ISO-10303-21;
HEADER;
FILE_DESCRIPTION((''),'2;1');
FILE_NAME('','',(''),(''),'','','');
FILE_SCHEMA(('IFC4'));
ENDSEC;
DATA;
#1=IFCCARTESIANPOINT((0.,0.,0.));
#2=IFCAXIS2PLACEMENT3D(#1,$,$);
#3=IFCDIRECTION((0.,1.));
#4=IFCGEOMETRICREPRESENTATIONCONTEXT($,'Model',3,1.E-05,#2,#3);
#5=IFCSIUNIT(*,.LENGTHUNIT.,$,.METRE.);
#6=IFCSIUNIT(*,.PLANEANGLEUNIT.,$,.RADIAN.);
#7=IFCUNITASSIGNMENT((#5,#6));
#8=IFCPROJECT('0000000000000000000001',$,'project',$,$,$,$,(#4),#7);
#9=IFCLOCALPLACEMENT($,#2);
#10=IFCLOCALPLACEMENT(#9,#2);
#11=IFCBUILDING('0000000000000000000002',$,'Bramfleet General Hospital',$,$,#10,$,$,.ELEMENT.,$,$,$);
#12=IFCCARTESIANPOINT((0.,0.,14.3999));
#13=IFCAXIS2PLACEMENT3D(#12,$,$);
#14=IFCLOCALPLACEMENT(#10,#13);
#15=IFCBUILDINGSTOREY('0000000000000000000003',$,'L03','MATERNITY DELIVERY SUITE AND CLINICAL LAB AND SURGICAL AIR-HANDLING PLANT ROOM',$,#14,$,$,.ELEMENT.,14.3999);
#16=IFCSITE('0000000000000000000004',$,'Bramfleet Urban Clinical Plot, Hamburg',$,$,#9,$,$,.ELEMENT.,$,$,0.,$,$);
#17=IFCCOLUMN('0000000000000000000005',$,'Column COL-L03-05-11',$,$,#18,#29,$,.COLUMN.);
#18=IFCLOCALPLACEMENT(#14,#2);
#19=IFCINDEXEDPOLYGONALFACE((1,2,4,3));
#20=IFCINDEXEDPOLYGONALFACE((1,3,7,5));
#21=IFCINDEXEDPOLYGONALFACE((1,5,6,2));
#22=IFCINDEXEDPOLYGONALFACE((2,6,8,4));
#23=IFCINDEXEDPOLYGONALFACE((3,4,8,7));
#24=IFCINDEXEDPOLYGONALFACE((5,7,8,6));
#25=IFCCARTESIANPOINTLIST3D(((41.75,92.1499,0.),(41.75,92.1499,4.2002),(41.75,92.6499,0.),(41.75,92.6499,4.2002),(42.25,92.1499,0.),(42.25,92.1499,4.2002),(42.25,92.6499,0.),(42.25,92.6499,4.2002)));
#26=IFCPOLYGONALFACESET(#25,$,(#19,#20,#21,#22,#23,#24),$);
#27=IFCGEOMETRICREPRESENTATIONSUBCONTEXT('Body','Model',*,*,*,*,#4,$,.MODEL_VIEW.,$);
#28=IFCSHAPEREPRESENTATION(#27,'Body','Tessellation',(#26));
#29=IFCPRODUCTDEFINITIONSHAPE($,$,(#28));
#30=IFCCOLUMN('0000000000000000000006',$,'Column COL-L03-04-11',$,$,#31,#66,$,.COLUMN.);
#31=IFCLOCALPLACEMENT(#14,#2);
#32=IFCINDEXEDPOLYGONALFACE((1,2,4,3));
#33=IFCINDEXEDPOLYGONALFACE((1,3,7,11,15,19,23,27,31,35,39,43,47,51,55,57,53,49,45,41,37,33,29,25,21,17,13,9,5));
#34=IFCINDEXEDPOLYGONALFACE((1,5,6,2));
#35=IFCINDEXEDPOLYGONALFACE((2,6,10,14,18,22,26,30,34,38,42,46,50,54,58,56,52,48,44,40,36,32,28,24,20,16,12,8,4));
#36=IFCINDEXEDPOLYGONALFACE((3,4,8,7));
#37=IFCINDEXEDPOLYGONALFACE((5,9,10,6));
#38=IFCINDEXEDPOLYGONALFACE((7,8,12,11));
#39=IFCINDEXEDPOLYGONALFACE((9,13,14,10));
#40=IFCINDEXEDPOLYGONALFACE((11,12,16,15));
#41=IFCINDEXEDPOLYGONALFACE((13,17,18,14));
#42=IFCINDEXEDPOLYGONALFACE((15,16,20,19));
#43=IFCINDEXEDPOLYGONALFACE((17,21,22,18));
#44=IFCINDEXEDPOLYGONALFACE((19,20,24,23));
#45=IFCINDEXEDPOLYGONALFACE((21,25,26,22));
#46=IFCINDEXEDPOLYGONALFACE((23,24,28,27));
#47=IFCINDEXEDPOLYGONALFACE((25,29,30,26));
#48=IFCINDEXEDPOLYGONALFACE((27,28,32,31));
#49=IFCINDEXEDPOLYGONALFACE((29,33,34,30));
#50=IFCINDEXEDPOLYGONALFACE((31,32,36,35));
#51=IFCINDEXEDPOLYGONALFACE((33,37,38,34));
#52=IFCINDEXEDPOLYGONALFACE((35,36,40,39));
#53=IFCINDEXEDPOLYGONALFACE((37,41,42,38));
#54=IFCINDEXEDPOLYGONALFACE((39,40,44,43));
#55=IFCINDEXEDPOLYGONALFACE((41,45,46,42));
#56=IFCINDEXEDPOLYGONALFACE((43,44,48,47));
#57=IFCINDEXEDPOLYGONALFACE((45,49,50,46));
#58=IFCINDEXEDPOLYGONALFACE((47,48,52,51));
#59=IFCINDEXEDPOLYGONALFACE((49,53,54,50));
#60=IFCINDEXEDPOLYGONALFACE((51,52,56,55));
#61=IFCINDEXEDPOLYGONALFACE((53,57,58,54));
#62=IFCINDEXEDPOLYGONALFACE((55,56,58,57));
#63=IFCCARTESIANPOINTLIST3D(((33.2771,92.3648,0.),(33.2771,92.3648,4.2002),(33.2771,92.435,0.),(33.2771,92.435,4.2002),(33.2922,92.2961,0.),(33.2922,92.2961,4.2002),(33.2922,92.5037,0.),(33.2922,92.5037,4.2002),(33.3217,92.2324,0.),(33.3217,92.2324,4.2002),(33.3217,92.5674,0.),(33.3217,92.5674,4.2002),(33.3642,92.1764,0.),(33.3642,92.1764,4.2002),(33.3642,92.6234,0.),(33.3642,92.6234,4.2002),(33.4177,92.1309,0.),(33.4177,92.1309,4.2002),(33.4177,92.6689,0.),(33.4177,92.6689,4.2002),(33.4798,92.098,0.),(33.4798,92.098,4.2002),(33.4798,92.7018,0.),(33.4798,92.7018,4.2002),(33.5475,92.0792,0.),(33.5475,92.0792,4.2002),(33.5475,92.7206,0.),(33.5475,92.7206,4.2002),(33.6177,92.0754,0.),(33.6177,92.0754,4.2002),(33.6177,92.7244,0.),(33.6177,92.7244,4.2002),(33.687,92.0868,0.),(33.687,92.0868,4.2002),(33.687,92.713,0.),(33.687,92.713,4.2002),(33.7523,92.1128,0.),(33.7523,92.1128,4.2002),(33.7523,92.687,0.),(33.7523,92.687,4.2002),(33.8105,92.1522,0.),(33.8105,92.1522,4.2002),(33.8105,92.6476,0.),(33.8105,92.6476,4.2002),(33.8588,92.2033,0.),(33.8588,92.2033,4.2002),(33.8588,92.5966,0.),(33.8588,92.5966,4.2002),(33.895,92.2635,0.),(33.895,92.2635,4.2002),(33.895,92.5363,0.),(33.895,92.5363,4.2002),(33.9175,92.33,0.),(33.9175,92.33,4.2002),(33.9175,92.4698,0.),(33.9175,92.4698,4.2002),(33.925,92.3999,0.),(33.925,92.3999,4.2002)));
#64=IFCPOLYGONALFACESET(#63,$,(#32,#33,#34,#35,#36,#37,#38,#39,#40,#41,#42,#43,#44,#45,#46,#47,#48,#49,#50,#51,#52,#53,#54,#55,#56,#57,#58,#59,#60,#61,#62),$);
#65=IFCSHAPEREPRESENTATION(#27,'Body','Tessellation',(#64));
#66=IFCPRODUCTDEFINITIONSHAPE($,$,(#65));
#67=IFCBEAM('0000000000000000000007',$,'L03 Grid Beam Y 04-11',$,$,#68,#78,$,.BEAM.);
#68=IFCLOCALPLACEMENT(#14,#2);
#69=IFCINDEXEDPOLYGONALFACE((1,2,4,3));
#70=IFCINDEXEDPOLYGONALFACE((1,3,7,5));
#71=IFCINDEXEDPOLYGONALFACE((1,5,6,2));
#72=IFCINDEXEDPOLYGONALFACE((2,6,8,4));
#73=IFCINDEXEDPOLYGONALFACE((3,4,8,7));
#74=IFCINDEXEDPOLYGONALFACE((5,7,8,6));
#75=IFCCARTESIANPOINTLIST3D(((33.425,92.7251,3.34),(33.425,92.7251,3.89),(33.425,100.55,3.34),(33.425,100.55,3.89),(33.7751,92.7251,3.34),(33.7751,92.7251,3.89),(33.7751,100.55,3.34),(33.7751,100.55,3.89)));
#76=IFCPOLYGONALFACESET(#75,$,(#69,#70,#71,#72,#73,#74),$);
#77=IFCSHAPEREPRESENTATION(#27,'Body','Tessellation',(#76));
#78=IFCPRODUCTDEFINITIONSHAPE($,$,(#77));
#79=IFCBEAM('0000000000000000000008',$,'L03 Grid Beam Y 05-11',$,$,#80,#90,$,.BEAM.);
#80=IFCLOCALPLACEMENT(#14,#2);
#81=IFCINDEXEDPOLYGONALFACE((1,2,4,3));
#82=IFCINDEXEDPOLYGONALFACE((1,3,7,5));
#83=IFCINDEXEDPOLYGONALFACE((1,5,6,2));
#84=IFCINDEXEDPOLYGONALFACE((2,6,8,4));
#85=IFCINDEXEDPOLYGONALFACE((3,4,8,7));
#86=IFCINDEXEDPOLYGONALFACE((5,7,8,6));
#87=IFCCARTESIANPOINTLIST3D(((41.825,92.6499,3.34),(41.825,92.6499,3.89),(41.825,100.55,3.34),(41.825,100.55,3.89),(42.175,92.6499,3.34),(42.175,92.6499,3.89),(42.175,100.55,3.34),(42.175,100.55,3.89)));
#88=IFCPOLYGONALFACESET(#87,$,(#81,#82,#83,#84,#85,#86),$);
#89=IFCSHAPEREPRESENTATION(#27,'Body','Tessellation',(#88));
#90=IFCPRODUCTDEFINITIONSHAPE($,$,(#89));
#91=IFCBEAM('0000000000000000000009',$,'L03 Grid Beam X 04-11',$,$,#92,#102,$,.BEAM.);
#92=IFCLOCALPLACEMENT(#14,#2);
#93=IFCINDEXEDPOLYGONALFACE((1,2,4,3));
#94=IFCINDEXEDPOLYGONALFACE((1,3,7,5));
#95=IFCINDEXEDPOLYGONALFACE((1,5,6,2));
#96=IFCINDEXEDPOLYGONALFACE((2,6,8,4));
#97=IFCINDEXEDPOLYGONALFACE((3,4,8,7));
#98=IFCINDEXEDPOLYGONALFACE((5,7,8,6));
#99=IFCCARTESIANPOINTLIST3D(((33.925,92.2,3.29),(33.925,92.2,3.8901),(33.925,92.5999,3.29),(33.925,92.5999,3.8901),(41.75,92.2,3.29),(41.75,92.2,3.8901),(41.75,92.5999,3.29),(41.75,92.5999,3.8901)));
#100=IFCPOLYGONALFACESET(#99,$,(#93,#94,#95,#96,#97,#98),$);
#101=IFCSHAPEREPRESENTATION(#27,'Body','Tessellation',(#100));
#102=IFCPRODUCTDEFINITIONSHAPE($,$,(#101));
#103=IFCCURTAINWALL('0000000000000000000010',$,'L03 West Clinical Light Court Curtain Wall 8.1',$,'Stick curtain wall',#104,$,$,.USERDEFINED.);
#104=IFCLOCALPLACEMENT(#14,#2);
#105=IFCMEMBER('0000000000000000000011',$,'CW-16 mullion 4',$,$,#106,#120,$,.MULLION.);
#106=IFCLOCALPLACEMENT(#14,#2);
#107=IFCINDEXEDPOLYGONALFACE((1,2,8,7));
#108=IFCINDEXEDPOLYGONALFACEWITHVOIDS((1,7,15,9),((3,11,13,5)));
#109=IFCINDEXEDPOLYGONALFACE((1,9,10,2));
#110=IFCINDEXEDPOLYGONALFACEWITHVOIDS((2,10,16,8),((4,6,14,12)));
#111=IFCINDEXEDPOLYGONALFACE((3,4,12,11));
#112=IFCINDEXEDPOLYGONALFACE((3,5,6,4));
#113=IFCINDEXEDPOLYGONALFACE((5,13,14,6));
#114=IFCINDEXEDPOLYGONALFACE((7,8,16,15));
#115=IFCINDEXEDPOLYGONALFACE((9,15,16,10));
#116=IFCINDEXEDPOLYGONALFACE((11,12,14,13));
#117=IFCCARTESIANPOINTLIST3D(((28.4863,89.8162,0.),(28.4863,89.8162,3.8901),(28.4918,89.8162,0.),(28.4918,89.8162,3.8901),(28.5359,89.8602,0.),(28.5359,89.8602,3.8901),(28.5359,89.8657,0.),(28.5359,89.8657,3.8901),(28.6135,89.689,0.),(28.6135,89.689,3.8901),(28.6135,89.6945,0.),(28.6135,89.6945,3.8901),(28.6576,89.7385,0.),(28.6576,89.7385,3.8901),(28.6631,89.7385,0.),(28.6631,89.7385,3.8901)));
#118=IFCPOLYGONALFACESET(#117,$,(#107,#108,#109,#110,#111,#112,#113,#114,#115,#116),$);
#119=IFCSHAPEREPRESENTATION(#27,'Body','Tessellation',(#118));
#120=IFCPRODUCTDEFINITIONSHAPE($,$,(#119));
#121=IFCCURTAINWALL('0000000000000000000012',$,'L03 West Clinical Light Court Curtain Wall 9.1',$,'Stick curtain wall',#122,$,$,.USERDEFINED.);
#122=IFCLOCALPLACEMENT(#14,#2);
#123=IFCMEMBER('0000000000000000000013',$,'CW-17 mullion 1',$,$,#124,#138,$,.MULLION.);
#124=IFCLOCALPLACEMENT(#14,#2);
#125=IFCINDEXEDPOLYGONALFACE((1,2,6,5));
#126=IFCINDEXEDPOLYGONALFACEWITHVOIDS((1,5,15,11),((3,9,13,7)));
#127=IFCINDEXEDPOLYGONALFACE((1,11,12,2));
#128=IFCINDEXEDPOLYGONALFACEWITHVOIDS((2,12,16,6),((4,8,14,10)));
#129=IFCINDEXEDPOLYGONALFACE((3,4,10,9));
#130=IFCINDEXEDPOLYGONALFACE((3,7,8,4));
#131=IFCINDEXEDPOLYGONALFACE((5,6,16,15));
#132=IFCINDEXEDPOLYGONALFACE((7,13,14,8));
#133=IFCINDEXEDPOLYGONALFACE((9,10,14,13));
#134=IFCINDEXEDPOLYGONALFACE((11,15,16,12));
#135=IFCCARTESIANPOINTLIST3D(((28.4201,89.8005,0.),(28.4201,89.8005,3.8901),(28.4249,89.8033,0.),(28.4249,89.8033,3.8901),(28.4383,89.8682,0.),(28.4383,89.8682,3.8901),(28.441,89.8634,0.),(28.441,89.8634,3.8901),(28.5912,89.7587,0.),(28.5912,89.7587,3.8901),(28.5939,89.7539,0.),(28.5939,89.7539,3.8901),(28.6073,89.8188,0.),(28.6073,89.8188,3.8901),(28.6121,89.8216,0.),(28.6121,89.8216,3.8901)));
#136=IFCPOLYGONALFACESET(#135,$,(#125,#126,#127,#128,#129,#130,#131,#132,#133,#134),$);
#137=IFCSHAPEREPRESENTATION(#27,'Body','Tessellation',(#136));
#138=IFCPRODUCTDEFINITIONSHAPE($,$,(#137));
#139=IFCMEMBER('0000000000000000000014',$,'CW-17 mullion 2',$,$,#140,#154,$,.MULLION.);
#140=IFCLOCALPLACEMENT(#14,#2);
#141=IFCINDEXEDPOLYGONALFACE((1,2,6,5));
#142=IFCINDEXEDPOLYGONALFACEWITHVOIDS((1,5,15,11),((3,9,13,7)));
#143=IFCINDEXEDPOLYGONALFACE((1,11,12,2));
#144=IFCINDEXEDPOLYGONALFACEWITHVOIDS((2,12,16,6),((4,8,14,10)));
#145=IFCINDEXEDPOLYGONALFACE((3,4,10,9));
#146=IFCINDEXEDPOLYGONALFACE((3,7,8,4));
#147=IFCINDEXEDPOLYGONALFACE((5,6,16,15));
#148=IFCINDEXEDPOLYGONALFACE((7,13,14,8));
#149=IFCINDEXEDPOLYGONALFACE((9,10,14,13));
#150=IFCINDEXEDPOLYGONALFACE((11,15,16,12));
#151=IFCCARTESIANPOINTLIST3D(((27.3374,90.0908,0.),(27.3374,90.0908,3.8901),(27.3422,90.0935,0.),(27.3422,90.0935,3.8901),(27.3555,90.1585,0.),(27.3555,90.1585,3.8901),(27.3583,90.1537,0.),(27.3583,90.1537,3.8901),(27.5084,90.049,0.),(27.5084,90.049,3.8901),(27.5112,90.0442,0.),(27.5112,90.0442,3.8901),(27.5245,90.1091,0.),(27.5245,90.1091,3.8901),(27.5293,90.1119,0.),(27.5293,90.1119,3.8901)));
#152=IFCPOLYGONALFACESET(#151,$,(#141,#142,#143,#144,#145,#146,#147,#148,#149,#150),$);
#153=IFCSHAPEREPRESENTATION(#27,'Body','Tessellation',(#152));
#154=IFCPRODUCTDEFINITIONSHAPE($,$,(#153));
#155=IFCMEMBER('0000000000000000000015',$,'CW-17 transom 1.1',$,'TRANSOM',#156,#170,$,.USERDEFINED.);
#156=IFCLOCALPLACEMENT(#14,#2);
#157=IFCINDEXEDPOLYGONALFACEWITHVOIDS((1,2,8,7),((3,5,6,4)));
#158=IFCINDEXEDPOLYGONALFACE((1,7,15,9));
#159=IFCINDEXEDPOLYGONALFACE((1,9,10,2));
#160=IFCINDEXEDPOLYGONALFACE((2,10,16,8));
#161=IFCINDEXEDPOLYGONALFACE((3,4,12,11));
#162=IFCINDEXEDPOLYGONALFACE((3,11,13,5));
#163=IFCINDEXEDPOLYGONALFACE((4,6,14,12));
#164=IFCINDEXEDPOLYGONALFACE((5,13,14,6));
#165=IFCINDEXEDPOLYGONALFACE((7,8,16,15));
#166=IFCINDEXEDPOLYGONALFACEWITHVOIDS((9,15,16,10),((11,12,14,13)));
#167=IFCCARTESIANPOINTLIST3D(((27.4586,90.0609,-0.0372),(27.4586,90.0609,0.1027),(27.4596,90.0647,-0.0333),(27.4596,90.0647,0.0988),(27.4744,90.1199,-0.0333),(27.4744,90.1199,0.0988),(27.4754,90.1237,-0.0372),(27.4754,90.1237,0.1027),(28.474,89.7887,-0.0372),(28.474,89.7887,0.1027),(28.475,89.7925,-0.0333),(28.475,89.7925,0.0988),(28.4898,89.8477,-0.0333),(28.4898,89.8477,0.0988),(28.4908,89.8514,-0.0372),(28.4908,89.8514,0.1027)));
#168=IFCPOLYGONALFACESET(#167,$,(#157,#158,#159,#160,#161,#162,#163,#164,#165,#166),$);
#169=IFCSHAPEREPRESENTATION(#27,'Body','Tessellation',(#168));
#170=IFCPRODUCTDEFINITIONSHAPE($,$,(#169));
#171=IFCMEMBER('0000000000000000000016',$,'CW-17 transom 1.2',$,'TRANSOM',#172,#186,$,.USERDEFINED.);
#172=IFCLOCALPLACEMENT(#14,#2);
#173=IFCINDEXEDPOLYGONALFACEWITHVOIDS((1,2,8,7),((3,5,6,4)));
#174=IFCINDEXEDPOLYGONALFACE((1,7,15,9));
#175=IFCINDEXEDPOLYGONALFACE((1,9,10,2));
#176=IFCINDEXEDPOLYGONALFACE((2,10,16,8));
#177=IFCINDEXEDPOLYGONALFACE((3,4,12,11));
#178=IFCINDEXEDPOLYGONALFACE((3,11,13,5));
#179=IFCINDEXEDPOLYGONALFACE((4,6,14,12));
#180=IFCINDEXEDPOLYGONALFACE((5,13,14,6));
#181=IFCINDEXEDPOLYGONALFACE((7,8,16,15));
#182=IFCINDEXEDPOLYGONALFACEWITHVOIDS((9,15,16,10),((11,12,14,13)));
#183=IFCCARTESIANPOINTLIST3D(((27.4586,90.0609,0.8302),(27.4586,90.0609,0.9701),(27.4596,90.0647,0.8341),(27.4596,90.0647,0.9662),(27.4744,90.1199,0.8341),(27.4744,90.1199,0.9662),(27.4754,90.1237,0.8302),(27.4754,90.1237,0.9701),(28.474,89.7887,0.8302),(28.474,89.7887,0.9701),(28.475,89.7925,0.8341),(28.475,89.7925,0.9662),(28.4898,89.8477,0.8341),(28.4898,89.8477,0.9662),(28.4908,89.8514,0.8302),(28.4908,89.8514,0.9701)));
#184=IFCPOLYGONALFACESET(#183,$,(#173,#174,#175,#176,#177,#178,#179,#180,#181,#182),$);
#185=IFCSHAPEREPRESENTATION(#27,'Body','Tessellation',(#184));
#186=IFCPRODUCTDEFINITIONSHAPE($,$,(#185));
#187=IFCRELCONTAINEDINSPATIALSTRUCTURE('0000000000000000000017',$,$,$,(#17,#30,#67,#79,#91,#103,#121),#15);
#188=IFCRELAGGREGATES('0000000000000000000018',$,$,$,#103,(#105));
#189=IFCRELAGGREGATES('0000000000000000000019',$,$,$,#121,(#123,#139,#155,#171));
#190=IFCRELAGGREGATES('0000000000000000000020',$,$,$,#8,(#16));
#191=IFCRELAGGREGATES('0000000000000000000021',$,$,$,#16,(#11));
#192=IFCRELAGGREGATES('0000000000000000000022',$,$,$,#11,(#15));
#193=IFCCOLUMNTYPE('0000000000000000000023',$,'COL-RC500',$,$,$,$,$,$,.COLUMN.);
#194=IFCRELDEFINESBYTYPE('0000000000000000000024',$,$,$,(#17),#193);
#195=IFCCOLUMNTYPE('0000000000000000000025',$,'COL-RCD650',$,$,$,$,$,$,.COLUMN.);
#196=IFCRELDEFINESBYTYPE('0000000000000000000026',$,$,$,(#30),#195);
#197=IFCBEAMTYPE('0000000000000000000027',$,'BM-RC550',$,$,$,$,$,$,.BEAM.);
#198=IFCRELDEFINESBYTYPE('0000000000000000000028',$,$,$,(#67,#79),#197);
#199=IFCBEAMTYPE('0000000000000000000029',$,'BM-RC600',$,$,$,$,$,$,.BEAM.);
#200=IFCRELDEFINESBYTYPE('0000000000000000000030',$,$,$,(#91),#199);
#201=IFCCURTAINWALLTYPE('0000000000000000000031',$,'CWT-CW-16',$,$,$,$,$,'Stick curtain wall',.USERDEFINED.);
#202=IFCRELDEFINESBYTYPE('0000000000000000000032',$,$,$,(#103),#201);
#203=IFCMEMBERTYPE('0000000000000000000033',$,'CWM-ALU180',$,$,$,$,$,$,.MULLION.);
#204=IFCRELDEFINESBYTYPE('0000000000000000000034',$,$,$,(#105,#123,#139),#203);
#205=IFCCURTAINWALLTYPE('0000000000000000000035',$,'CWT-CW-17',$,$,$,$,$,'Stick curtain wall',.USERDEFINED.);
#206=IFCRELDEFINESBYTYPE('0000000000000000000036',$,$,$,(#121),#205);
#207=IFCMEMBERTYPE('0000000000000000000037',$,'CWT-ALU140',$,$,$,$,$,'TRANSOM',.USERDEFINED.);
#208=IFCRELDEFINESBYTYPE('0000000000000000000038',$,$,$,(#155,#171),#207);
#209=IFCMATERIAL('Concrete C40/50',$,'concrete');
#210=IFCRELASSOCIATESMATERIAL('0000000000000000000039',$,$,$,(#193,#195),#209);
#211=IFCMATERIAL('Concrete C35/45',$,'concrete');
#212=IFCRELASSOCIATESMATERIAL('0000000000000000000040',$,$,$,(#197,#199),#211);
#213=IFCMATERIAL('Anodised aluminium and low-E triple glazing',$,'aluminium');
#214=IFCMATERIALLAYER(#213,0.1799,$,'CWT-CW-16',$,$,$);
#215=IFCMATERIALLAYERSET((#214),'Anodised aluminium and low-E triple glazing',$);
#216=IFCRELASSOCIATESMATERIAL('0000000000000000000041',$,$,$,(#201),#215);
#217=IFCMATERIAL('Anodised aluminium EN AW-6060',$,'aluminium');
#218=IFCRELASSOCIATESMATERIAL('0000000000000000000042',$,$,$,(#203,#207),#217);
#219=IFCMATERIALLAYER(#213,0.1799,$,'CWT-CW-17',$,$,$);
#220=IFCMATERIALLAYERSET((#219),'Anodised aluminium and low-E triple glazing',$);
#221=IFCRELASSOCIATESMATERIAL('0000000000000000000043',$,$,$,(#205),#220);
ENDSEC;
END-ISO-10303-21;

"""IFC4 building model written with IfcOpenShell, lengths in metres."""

from ifc_helpers import new_model, si_unit, direction, frame, origin, origin_2d, place, context, subcontext, project, spatial, rectangle, hollow_rectangle, circle, extrude, material, layer, layer_set, material_profile, profile_set, type_object, element, aggregate, save


model = new_model("IFC4")

# Units and contexts
model_context = context("Model", 3, precision=1e-05, world=origin(), true_north=direction((0.0, 1.0)))
body_context = subcontext(model_context, "Body", "Model", "MODEL_VIEW")
ifc_project = project(units=[si_unit("LENGTHUNIT", "METRE"), si_unit("PLANEANGLEUNIT", "RADIAN")], contexts=[model_context])

# Site, building, storey
site_placement = place(None, origin())
site = spatial("IfcSite", under=ifc_project, at=site_placement, Name="Bramfleet Urban Clinical Plot, Hamburg", CompositionType="ELEMENT", RefElevation=0.0)
building_placement = place(site_placement, origin())
building = spatial("IfcBuilding", under=site, at=building_placement, Name="Bramfleet General Hospital", CompositionType="ELEMENT")
storey_placement = place(building_placement, frame((0.0, 0.0, 14.3999)))
storey = spatial("IfcBuildingStorey", under=building, at=storey_placement, Name="L03", Description="MATERNITY DELIVERY SUITE AND CLINICAL LAB AND SURGICAL AIR-HANDLING PLANT ROOM", CompositionType="ELEMENT", Elevation=14.3999)

# Columns
ifc_material_1 = material(Name="Concrete C40/50", Category="concrete")
ifc_material_profile_1 = material_profile(ifc_material_1, rectangle(XDim=0.5, YDim=0.5, at=origin_2d()), Name="RC COL 500x500")
ifc_profile_set_1 = profile_set([ifc_material_profile_1], Name="Concrete C40/50")
column_type_1 = type_object("IfcColumnType", Name="COL-RC500", PredefinedType="COLUMN", material=ifc_profile_set_1)
column_1_placement = place(storey_placement, frame((42.0, 92.3999, 0.0), z_axis=(0.0, 0.0, 1.0), x_axis=(1.0, 0.0, 0.0)))
element("IfcColumn", 1, at=column_1_placement, inside=storey, type_object=column_type_1, Name="Column COL-L03-05-11", PredefinedType="COLUMN", context=body_context, shape_type="SweptSolid", body=[
    extrude(rectangle(XDim=0.5, YDim=0.5, at=origin_2d()), origin(), (0.0, 0.0, 1.0), 4.2002),
])
ifc_material_profile_2 = material_profile(ifc_material_1, circle(Radius=0.325, at=origin_2d()), Name="RC ROUND D650")
ifc_profile_set_2 = profile_set([ifc_material_profile_2], Name="Concrete C40/50")
column_type_2 = type_object("IfcColumnType", Name="COL-RCD650", PredefinedType="COLUMN", material=ifc_profile_set_2)
column_2_placement = place(storey_placement, frame((33.6001, 92.3999, 0.0), z_axis=(0.0, 0.0, 1.0), x_axis=(1.0, 0.0, 0.0)))
element("IfcColumn", 2, at=column_2_placement, inside=storey, type_object=column_type_2, Name="Column COL-L03-04-11", PredefinedType="COLUMN", context=body_context, shape_type="SweptSolid", body=[
    extrude(circle(Radius=0.325, at=origin_2d()), origin(), (0.0, 0.0, 1.0), 4.2002),
])

# Beams
ifc_material_2 = material(Name="Concrete C35/45", Category="concrete")
ifc_material_profile_3 = material_profile(ifc_material_2, rectangle(XDim=0.3501, YDim=0.55, at=origin_2d()), Name="RC BM 550x350")
ifc_profile_set_3 = profile_set([ifc_material_profile_3], Name="Concrete C35/45")
beam_type_1 = type_object("IfcBeamType", Name="BM-RC550", PredefinedType="BEAM", material=ifc_profile_set_3)
beam_1_placement = place(storey_placement, frame((33.6001, 92.7251, 3.615), z_axis=(0.0, 1.0, 0.0), x_axis=(-1.0, 0.0, 0.0)))
element("IfcBeam", 3, at=beam_1_placement, inside=storey, type_object=beam_type_1, Name="L03 Grid Beam Y 04-11", PredefinedType="BEAM", context=body_context, shape_type="SweptSolid", body=[
    extrude(rectangle(XDim=0.3501, YDim=0.55, at=origin_2d()), origin(), (0.0, 0.0, 1.0), 7.825),
])
beam_2_placement = place(storey_placement, frame((42.0, 92.6499, 3.615), z_axis=(0.0, 1.0, 0.0), x_axis=(-1.0, 0.0, 0.0)))
element("IfcBeam", 4, at=beam_2_placement, inside=storey, type_object=beam_type_1, Name="L03 Grid Beam Y 05-11", PredefinedType="BEAM", context=body_context, shape_type="SweptSolid", body=[
    extrude(rectangle(XDim=0.3501, YDim=0.55, at=origin_2d()), origin(), (0.0, 0.0, 1.0), 7.9001),
])
ifc_material_profile_4 = material_profile(ifc_material_2, rectangle(XDim=0.3999, YDim=0.6001, at=origin_2d()), Name="RC BM 600x400")
ifc_profile_set_4 = profile_set([ifc_material_profile_4], Name="Concrete C35/45")
beam_type_2 = type_object("IfcBeamType", Name="BM-RC600", PredefinedType="BEAM", material=ifc_profile_set_4)
beam_3_placement = place(storey_placement, frame((33.925, 92.3999, 3.5901), z_axis=(1.0, 0.0, 0.0), x_axis=(0.0, 1.0, 0.0)))
element("IfcBeam", 5, at=beam_3_placement, inside=storey, type_object=beam_type_2, Name="L03 Grid Beam X 04-11", PredefinedType="BEAM", context=body_context, shape_type="SweptSolid", body=[
    extrude(rectangle(XDim=0.3999, YDim=0.6001, at=origin_2d()), origin(), (0.0, 0.0, 1.0), 7.825),
])

# Curtain wall, member
ifc_material_3 = material(Name="Anodised aluminium and low-E triple glazing", Category="aluminium")
ifc_layer_1 = layer(ifc_material_3, 0.1799, Name="CWT-CW-16")
ifc_layer_set_1 = layer_set([ifc_layer_1], Name="Anodised aluminium and low-E triple glazing")
curtain_wall_type_1 = type_object("IfcCurtainWallType", Name="CWT-CW-16", ElementType="Stick curtain wall", PredefinedType="USERDEFINED", material=ifc_layer_set_1)
curtain_wall_1_placement = place(storey_placement, origin())
curtain_wall_1 = element("IfcCurtainWall", 6, at=curtain_wall_1_placement, inside=storey, type_object=curtain_wall_type_1, Name="L03 West Clinical Light Court Curtain Wall 8.1", ObjectType="Stick curtain wall", PredefinedType="USERDEFINED")
ifc_material_4 = material(Name="Anodised aluminium EN AW-6060", Category="aluminium")
ifc_material_profile_5 = material_profile(ifc_material_4, hollow_rectangle(XDim=0.0701, YDim=0.1799, WallThickness=0.0039, at=origin_2d()), Name="ALU 180x70x4.0")
ifc_profile_set_5 = profile_set([ifc_material_profile_5], Name="Anodised aluminium EN AW-6060")
member_type_1 = type_object("IfcMemberType", Name="CWM-ALU180", PredefinedType="MULLION", material=ifc_profile_set_5)
member_1_placement = place(storey_placement, frame((28.5747, 89.7773, 0.0), z_axis=(0.0, 0.0, 1.0), x_axis=(-0.707107, -0.707107, 0.0)))
member_1 = element("IfcMember", 7, at=member_1_placement, type_object=member_type_1, Name="CW-16 mullion 4", PredefinedType="MULLION", context=body_context, shape_type="SweptSolid", body=[
    extrude(hollow_rectangle(XDim=0.0701, YDim=0.1799, WallThickness=0.0039, at=origin_2d()), origin(), (0.0, 0.0, 1.0), 3.8901),
])

# Curtain wall, members
ifc_layer_2 = layer(ifc_material_3, 0.1799, Name="CWT-CW-17")
ifc_layer_set_2 = layer_set([ifc_layer_2], Name="Anodised aluminium and low-E triple glazing")
curtain_wall_type_2 = type_object("IfcCurtainWallType", Name="CWT-CW-17", ElementType="Stick curtain wall", PredefinedType="USERDEFINED", material=ifc_layer_set_2)
curtain_wall_2_placement = place(storey_placement, origin())
curtain_wall_2 = element("IfcCurtainWall", 8, at=curtain_wall_2_placement, inside=storey, type_object=curtain_wall_type_2, Name="L03 West Clinical Light Court Curtain Wall 9.1", ObjectType="Stick curtain wall", PredefinedType="USERDEFINED")
member_2_placement = place(storey_placement, frame((28.5161, 89.811, 0.0), z_axis=(0.0, 0.0, 1.0), x_axis=(-0.258919, -0.965899, 0.0)))
member_2 = element("IfcMember", 9, at=member_2_placement, type_object=member_type_1, Name="CW-17 mullion 1", PredefinedType="MULLION", context=body_context, shape_type="SweptSolid", body=[
    extrude(hollow_rectangle(XDim=0.0701, YDim=0.1799, WallThickness=0.0039, at=origin_2d()), origin(), (0.0, 0.0, 1.0), 3.8901),
])
member_3_placement = place(storey_placement, frame((27.4333, 90.1013, 0.0), z_axis=(0.0, 0.0, 1.0), x_axis=(-0.258919, -0.965899, 0.0)))
member_3 = element("IfcMember", 10, at=member_3_placement, type_object=member_type_1, Name="CW-17 mullion 2", PredefinedType="MULLION", context=body_context, shape_type="SweptSolid", body=[
    extrude(hollow_rectangle(XDim=0.0701, YDim=0.1799, WallThickness=0.0039, at=origin_2d()), origin(), (0.0, 0.0, 1.0), 3.8901),
])
ifc_material_profile_6 = material_profile(ifc_material_4, hollow_rectangle(XDim=0.0649, YDim=0.1399, WallThickness=0.0039, at=origin_2d()), Name="ALU 140x65x4.0")
ifc_profile_set_6 = profile_set([ifc_material_profile_6], Name="Anodised aluminium EN AW-6060")
member_type_2 = type_object("IfcMemberType", Name="CWT-ALU140", ElementType="TRANSOM", PredefinedType="USERDEFINED", material=ifc_profile_set_6)
member_4_placement = place(storey_placement, frame((28.4824, 89.8201, 0.0327), z_axis=(-0.965891, 0.258949, 0.0), x_axis=(-0.258949, -0.965891, 0.0)))
member_4 = element("IfcMember", 11, at=member_4_placement, type_object=member_type_2, Name="CW-17 transom 1.1", ObjectType="TRANSOM", PredefinedType="USERDEFINED", context=body_context, shape_type="SweptSolid", body=[
    extrude(hollow_rectangle(XDim=0.0649, YDim=0.1399, WallThickness=0.0039, at=origin_2d()), origin(), (0.0, 0.0, 1.0), 1.0513),
])
member_5_placement = place(storey_placement, frame((28.4824, 89.8201, 0.9001), z_axis=(-0.965891, 0.258949, 0.0), x_axis=(-0.258949, -0.965891, 0.0)))
member_5 = element("IfcMember", 12, at=member_5_placement, type_object=member_type_2, Name="CW-17 transom 1.2", ObjectType="TRANSOM", PredefinedType="USERDEFINED", context=body_context, shape_type="SweptSolid", body=[
    extrude(hollow_rectangle(XDim=0.0649, YDim=0.1399, WallThickness=0.0039, at=origin_2d()), origin(), (0.0, 0.0, 1.0), 1.0513),
])

aggregate(curtain_wall_1, [member_1])
aggregate(curtain_wall_2, [member_2, member_3, member_4, member_5])

save(model, "model.ifc")
